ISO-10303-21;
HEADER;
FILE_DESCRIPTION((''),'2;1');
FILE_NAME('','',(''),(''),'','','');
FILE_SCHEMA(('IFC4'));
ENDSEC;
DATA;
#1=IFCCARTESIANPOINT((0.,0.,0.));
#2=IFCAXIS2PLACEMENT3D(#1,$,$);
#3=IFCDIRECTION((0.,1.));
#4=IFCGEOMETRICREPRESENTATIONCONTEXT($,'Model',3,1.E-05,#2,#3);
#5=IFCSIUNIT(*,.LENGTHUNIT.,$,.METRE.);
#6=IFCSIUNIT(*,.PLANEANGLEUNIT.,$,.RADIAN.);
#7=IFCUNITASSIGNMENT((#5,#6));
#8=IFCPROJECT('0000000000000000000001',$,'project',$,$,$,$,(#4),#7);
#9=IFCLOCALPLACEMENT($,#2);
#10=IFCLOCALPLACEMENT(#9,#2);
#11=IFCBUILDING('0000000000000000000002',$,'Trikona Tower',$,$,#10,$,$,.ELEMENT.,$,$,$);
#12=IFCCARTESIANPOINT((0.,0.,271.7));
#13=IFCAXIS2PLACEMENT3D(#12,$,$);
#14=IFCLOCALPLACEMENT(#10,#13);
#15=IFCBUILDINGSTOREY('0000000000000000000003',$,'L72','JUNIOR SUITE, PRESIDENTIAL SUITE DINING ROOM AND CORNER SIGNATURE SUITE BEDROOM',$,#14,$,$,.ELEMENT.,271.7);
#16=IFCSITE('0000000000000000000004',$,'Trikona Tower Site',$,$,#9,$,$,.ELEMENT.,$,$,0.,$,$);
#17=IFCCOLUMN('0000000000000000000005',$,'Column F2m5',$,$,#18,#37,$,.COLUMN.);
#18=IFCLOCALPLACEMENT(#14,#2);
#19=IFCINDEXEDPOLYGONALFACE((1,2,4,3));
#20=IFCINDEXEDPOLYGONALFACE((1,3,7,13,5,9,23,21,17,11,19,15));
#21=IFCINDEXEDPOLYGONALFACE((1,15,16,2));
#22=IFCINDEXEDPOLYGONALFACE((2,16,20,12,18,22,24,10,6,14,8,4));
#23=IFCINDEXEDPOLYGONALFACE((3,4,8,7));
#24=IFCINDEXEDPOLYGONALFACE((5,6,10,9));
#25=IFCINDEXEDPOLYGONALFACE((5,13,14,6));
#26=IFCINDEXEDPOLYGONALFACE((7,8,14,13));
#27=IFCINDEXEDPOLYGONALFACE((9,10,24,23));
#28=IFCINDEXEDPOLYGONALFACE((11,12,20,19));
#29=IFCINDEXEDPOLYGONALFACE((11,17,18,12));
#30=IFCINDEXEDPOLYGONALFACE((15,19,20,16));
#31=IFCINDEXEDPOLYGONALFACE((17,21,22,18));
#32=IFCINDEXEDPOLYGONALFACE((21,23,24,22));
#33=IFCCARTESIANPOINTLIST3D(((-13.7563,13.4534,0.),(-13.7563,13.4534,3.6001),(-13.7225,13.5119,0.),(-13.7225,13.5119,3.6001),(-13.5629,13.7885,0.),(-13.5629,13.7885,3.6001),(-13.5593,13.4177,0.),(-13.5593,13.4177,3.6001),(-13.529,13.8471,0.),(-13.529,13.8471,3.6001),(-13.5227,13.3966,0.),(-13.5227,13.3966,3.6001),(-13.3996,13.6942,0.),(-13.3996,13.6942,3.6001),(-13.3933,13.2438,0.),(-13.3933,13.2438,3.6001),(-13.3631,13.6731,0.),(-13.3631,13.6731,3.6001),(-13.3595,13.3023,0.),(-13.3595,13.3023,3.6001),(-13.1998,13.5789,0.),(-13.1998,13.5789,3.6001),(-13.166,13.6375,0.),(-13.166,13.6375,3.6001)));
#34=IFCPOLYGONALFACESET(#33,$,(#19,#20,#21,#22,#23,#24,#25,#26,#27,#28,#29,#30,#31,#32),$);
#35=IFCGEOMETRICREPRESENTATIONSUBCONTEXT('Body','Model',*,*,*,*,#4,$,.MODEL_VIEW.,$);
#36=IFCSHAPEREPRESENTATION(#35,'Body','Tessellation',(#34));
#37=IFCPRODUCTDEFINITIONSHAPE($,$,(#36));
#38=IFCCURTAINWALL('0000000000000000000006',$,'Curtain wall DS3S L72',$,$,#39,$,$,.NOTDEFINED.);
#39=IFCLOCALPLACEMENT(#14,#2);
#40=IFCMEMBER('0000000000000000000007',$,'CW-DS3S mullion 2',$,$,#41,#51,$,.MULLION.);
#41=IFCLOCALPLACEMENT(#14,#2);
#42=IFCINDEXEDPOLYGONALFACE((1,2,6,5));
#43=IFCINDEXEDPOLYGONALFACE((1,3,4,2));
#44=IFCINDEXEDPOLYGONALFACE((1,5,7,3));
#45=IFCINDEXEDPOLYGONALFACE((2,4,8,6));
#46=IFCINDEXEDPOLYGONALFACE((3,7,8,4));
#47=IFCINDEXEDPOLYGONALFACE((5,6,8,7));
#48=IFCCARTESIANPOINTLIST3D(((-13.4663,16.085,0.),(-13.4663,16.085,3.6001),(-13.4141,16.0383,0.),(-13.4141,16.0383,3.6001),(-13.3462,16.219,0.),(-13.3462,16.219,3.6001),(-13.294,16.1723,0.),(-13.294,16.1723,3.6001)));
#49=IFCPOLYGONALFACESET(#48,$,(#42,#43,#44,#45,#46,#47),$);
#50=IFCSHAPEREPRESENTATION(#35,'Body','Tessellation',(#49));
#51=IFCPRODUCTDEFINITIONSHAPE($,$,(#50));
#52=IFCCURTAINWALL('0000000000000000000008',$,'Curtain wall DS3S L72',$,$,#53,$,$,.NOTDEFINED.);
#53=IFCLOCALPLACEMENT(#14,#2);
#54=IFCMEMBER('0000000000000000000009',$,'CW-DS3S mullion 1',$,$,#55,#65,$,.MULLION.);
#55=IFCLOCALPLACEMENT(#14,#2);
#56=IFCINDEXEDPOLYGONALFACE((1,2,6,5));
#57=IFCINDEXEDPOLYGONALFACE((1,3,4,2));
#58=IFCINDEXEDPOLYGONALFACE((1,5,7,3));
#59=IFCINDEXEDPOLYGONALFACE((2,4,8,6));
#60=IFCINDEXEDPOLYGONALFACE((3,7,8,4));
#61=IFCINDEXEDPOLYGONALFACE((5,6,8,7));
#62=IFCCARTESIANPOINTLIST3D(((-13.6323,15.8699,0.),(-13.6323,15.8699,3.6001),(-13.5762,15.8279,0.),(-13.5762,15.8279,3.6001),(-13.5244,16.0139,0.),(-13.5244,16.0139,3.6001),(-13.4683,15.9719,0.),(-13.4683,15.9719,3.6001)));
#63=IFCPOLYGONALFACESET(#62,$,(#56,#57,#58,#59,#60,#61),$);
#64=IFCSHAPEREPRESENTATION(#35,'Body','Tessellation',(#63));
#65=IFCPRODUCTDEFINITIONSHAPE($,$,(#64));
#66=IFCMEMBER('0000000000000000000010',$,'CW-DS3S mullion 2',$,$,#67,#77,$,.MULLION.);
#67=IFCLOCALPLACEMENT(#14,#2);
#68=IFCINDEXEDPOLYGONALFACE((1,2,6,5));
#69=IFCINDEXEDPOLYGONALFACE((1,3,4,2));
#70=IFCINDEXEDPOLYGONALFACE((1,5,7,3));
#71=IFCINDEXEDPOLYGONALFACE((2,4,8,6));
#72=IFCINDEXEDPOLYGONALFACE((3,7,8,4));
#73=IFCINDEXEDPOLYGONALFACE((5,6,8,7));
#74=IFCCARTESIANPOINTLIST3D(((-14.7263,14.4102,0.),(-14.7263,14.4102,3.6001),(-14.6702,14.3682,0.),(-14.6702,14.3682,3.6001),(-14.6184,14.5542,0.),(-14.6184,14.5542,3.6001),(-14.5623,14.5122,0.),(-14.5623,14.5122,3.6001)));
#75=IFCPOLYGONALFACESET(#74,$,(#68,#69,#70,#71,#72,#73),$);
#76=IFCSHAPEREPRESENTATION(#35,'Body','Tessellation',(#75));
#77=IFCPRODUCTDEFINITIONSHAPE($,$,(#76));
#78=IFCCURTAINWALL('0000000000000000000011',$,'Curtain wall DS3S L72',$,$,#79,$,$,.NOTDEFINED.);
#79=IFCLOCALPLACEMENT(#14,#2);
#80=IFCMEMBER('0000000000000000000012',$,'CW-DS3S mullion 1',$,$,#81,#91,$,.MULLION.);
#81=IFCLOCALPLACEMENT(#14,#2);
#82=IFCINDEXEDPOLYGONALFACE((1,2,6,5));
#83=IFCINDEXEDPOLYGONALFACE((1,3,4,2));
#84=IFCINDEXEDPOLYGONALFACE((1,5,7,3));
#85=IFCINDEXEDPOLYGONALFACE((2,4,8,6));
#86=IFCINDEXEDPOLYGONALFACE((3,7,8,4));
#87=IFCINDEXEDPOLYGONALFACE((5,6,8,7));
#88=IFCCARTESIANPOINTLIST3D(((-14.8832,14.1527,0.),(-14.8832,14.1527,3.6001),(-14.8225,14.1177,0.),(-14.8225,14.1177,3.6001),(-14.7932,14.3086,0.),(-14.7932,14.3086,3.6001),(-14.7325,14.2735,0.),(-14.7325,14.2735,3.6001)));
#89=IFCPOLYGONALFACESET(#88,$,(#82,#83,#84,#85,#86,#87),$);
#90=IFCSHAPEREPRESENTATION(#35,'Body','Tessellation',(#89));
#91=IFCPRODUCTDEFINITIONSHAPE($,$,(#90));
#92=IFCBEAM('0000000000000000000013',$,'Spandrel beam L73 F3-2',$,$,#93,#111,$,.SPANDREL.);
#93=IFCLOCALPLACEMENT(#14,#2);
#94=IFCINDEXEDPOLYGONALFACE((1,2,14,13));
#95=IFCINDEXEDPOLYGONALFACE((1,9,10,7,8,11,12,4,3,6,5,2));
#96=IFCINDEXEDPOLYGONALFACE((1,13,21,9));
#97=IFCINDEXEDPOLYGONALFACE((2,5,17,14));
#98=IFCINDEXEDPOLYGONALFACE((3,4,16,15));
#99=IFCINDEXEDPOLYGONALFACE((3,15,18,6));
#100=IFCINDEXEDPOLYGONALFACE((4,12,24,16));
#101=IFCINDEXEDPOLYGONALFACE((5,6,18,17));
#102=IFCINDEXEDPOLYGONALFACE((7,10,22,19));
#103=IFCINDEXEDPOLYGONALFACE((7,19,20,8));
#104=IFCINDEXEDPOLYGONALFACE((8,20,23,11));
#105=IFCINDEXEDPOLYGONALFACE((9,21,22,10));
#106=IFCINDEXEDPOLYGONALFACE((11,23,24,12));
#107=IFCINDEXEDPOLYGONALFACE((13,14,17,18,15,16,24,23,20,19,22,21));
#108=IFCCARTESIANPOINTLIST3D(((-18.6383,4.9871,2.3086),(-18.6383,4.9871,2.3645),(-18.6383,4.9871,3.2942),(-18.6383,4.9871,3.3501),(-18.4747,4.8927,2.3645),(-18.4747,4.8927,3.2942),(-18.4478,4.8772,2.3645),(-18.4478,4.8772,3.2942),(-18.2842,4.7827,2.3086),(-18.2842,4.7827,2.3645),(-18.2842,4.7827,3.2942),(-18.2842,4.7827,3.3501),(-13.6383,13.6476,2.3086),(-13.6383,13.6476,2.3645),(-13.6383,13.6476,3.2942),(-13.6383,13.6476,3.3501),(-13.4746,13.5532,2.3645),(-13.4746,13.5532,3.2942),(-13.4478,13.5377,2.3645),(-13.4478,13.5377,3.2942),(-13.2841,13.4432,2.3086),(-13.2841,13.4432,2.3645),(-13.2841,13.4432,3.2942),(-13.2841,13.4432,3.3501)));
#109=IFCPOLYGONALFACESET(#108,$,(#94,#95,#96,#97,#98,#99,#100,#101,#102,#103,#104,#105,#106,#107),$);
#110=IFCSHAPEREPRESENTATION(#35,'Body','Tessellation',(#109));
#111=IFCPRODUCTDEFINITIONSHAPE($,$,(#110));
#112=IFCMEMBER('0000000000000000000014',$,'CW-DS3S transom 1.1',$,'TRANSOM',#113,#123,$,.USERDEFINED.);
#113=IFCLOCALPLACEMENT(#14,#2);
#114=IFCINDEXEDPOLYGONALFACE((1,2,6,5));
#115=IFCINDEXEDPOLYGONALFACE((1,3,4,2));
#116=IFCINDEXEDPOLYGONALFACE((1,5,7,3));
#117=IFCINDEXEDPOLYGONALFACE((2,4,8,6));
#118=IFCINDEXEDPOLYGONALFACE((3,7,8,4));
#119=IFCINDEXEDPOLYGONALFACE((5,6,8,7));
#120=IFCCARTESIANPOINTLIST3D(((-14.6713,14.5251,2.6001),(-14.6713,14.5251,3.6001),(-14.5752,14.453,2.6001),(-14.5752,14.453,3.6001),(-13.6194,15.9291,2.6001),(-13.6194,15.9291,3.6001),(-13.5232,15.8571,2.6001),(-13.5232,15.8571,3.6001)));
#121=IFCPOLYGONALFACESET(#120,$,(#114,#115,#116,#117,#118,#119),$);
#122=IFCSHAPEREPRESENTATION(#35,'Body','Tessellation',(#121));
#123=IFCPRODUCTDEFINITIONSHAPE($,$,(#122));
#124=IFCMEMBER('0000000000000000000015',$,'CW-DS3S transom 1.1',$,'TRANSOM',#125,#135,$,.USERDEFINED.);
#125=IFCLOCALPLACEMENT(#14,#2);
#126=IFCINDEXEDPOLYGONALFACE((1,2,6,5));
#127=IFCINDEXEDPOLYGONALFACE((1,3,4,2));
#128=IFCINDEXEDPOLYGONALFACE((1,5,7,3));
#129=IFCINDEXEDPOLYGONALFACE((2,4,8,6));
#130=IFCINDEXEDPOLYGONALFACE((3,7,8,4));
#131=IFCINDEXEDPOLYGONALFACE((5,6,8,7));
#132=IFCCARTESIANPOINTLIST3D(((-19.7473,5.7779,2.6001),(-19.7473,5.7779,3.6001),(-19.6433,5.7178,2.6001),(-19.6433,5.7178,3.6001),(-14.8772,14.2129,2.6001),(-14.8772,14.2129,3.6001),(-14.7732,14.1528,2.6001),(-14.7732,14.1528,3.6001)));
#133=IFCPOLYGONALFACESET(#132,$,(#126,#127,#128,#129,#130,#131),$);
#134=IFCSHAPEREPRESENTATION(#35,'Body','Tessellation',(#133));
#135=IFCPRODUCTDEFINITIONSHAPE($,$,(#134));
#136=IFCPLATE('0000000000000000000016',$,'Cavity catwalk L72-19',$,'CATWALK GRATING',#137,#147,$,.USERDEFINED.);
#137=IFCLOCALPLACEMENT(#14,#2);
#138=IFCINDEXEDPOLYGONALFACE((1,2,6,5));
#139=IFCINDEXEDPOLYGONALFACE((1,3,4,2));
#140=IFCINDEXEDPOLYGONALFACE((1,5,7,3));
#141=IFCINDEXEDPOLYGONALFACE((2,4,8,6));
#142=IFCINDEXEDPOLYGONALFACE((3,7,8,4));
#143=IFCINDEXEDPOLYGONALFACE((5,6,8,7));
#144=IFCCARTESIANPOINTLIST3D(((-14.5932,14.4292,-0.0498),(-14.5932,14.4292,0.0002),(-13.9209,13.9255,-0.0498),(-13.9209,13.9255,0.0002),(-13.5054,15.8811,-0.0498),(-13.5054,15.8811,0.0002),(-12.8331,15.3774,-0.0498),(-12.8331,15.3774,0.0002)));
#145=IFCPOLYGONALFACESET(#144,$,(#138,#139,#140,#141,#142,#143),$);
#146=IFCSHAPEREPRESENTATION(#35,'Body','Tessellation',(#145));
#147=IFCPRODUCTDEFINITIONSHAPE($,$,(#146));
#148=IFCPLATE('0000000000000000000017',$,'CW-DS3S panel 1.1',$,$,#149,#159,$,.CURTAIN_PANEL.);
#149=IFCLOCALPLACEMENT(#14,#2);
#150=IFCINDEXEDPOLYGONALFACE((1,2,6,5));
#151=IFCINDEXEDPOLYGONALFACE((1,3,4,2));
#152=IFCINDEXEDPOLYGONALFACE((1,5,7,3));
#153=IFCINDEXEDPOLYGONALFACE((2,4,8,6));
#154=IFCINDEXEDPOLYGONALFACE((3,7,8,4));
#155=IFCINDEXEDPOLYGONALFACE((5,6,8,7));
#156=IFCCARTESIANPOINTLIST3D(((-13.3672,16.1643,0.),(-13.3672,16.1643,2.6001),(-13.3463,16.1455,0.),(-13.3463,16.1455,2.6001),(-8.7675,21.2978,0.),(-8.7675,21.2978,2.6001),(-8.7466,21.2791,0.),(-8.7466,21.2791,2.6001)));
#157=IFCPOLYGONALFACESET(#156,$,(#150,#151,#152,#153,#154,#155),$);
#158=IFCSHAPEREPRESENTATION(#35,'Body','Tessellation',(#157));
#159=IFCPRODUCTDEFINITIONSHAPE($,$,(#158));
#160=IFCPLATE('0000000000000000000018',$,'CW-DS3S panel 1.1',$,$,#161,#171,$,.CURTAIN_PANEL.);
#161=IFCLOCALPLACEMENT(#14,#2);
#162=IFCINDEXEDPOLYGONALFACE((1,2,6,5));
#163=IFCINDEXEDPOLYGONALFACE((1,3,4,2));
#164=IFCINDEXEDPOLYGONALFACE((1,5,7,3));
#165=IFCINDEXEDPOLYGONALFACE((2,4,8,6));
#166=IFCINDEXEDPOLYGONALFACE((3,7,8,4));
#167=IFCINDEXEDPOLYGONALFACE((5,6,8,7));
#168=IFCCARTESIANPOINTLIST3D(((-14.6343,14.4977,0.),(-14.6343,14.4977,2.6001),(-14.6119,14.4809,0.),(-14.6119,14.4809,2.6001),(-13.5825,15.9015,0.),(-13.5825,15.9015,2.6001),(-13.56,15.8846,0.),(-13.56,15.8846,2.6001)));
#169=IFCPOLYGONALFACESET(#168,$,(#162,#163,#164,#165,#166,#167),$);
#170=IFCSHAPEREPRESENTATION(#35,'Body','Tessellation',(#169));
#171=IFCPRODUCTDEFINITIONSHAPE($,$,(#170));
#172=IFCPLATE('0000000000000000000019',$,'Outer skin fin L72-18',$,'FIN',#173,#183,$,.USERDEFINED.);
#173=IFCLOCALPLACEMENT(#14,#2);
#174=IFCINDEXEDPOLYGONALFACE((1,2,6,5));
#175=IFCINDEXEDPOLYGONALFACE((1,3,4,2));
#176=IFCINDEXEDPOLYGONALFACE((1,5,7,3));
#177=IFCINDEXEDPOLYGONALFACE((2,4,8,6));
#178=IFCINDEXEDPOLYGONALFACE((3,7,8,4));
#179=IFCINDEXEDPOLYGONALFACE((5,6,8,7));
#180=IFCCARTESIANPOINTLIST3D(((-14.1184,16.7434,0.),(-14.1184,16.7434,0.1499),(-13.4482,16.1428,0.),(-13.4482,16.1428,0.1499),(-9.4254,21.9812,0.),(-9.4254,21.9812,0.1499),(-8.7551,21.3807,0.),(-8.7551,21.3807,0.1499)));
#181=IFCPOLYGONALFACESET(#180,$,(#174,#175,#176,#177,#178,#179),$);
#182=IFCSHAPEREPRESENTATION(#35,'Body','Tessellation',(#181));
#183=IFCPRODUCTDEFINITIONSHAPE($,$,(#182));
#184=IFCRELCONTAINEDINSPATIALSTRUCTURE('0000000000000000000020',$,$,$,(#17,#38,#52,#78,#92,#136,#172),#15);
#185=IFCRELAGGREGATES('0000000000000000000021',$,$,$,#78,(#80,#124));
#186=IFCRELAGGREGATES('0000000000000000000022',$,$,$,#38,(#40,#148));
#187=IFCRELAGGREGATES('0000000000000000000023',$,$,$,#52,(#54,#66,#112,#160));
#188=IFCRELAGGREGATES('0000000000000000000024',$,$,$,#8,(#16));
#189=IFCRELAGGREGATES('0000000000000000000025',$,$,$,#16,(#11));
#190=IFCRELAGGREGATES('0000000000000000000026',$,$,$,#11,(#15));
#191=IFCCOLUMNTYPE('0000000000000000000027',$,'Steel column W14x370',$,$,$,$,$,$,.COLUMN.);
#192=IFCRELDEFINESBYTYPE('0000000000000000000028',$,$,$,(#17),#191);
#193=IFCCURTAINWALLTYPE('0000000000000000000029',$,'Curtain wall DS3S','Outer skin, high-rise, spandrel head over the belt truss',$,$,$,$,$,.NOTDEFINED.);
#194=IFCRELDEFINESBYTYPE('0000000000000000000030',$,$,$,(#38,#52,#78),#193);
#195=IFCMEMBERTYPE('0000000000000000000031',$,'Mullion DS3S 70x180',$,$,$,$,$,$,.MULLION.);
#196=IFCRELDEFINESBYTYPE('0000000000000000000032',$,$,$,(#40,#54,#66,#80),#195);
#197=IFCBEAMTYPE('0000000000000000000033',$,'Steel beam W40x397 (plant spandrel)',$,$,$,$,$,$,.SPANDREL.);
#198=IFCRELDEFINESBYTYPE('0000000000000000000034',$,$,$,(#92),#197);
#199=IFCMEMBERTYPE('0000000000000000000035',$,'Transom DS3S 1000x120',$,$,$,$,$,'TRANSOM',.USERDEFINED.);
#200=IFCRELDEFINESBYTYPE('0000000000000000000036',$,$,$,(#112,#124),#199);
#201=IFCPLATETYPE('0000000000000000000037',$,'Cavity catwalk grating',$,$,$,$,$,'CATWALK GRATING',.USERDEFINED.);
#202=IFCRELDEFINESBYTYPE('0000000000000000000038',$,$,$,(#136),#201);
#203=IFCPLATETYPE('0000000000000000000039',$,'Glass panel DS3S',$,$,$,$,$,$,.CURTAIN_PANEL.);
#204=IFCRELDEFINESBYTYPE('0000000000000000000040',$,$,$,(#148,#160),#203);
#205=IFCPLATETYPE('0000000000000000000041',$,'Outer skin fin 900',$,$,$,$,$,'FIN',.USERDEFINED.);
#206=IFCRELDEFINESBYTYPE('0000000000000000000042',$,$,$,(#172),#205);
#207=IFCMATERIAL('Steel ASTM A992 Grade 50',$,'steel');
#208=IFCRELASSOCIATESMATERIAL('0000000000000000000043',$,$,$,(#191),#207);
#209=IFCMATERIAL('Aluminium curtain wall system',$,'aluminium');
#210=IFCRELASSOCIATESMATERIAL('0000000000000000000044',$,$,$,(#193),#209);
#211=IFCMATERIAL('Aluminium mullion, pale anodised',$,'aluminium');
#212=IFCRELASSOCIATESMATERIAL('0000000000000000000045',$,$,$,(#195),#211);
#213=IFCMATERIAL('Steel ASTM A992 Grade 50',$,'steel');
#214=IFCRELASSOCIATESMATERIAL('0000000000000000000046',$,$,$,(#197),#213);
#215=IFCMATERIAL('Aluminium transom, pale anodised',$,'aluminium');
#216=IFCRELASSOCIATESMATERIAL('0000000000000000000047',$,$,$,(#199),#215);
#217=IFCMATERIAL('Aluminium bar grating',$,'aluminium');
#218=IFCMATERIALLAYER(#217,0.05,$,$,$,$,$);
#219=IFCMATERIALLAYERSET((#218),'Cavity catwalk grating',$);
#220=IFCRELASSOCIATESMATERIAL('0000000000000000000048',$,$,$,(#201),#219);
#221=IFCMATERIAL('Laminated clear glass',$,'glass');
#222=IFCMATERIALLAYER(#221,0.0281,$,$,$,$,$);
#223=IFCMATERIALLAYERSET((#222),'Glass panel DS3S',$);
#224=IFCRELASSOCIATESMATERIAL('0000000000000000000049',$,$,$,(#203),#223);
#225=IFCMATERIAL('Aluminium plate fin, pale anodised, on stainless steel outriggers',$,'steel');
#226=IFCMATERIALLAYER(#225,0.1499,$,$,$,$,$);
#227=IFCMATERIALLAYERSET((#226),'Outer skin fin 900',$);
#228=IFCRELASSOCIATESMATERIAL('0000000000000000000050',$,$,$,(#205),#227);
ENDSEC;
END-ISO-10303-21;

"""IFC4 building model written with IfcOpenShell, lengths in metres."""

from ifc_helpers import new_model, si_unit, direction, frame, origin, origin_2d, place, context, subcontext, project, spatial, rectangle, i_section, extrude, material, layer, layer_set, material_profile, profile_set, type_object, element, aggregate, save


model = new_model("IFC4")

# Units and contexts
model_context = context("Model", 3, precision=1e-05, world=origin(), true_north=direction((0.0, 1.0)))
body_context = subcontext(model_context, "Body", "Model", "MODEL_VIEW")
ifc_project = project(units=[si_unit("LENGTHUNIT", "METRE"), si_unit("PLANEANGLEUNIT", "RADIAN")], contexts=[model_context])

# Site, building, storey
site_placement = place(None, origin())
site = spatial("IfcSite", under=ifc_project, at=site_placement, Name="Trikona Tower Site", CompositionType="ELEMENT", RefElevation=0.0)
building_placement = place(site_placement, origin())
building = spatial("IfcBuilding", under=site, at=building_placement, Name="Trikona Tower", CompositionType="ELEMENT")
storey_placement = place(building_placement, frame((0.0, 0.0, 271.7)))
storey = spatial("IfcBuildingStorey", under=building, at=storey_placement, Name="L72", Description="JUNIOR SUITE, PRESIDENTIAL SUITE DINING ROOM AND CORNER SIGNATURE SUITE BEDROOM", CompositionType="ELEMENT", Elevation=271.7)

# Column
ifc_material_1 = material(Name="Steel ASTM A992 Grade 50", Category="steel")
ifc_material_profile_1 = material_profile(ifc_material_1, i_section(OverallWidth=0.4192, OverallDepth=0.4546, WebThickness=0.0422, FlangeThickness=0.0676, at=origin_2d()), Name="W14X370")
ifc_profile_set_1 = profile_set([ifc_material_profile_1], Name="Steel ASTM A992 Grade 50")
column_type = type_object("IfcColumnType", Name="Steel column W14x370", PredefinedType="COLUMN", material=ifc_profile_set_1)
column_placement = place(storey_placement, frame((-13.4612, 13.5454, 0.0), z_axis=(0.0, 0.0, 1.0), x_axis=(-0.866025, 0.5, 0.0)))
element("IfcColumn", 1, at=column_placement, inside=storey, type_object=column_type, Name="Column F2m5", PredefinedType="COLUMN", context=body_context, shape_type="SweptSolid", body=[
    extrude(i_section(OverallWidth=0.4192, OverallDepth=0.4546, WebThickness=0.0422, FlangeThickness=0.0676, at=origin_2d()), origin(), (0.0, 0.0, 1.0), 3.6001),
])

# Curtain wall, member
ifc_material_2 = material(Name="Aluminium curtain wall system", Category="aluminium")
curtain_wall_type = type_object("IfcCurtainWallType", Name="Curtain wall DS3S", Description="Outer skin, high-rise, spandrel head over the belt truss", PredefinedType="NOTDEFINED", material=ifc_material_2)
curtain_wall_1_placement = place(storey_placement, origin())
curtain_wall_1 = element("IfcCurtainWall", 2, at=curtain_wall_1_placement, inside=storey, type_object=curtain_wall_type, Name="Curtain wall DS3S L72", PredefinedType="NOTDEFINED")
ifc_material_3 = material(Name="Aluminium mullion, pale anodised", Category="aluminium")
ifc_material_profile_2 = material_profile(ifc_material_3, rectangle(XDim=0.0701, YDim=0.1799, at=origin_2d()), Name="MUL-DS3S")
ifc_profile_set_2 = profile_set([ifc_material_profile_2], Name="Aluminium mullion, pale anodised")
member_type_1 = type_object("IfcMemberType", Name="Mullion DS3S 70x180", PredefinedType="MULLION", material=ifc_profile_set_2)
member_1_placement = place(storey_placement, frame((-13.3801, 16.1287, 0.0), z_axis=(0.0, 0.0, 1.0), x_axis=(0.744771, -0.66732, 0.0)))
member_1 = element("IfcMember", 3, at=member_1_placement, type_object=member_type_1, Name="CW-DS3S mullion 2", PredefinedType="MULLION", context=body_context, shape_type="SweptSolid", body=[
    extrude(rectangle(XDim=0.0701, YDim=0.1799, at=origin_2d()), origin(), (0.0, 0.0, 1.0), 3.6001),
])

# Curtain wall, members
curtain_wall_2_placement = place(storey_placement, origin())
curtain_wall_2 = element("IfcCurtainWall", 4, at=curtain_wall_2_placement, inside=storey, type_object=curtain_wall_type, Name="Curtain wall DS3S L72", PredefinedType="NOTDEFINED")
member_2_placement = place(storey_placement, frame((-13.5503, 15.9209, 0.0), z_axis=(0.0, 0.0, 1.0), x_axis=(0.80026, -0.599654, 0.0)))
member_2 = element("IfcMember", 5, at=member_2_placement, type_object=member_type_1, Name="CW-DS3S mullion 1", PredefinedType="MULLION", context=body_context, shape_type="SweptSolid", body=[
    extrude(rectangle(XDim=0.0701, YDim=0.1799, at=origin_2d()), origin(), (0.0, 0.0, 1.0), 3.6001),
])
member_3_placement = place(storey_placement, frame((-14.6443, 14.4612, 0.0), z_axis=(0.0, 0.0, 1.0), x_axis=(0.80026, -0.599654, 0.0)))
member_3 = element("IfcMember", 6, at=member_3_placement, type_object=member_type_1, Name="CW-DS3S mullion 2", PredefinedType="MULLION", context=body_context, shape_type="SweptSolid", body=[
    extrude(rectangle(XDim=0.0701, YDim=0.1799, at=origin_2d()), origin(), (0.0, 0.0, 1.0), 3.6001),
])

# Curtain wall, member
curtain_wall_3_placement = place(storey_placement, origin())
curtain_wall_3 = element("IfcCurtainWall", 7, at=curtain_wall_3_placement, inside=storey, type_object=curtain_wall_type, Name="Curtain wall DS3S L72", PredefinedType="NOTDEFINED")
member_4_placement = place(storey_placement, frame((-14.8079, 14.2131, 0.0), z_axis=(0.0, 0.0, 1.0), x_axis=(0.866025, -0.500001, 0.0)))
member_4 = element("IfcMember", 8, at=member_4_placement, type_object=member_type_1, Name="CW-DS3S mullion 1", PredefinedType="MULLION", context=body_context, shape_type="SweptSolid", body=[
    extrude(rectangle(XDim=0.0701, YDim=0.1799, at=origin_2d()), origin(), (0.0, 0.0, 1.0), 3.6001),
])

# Beam
ifc_material_4 = material(Name="Steel ASTM A992 Grade 50", Category="steel")
ifc_material_profile_3 = material_profile(ifc_material_4, i_section(OverallWidth=0.4089, OverallDepth=1.0415, WebThickness=0.031, FlangeThickness=0.0559, at=origin_2d()), Name="W40X397")
ifc_profile_set_3 = profile_set([ifc_material_profile_3], Name="Steel ASTM A992 Grade 50")
beam_type = type_object("IfcBeamType", Name="Steel beam W40x397 (plant spandrel)", PredefinedType="SPANDREL", material=ifc_profile_set_3)
beam_placement = place(storey_placement, frame((-13.4612, 13.5454, 2.8293), z_axis=(-0.499994, -0.866029, 0.0), x_axis=(0.866029, -0.499994, 0.0)))
element("IfcBeam", 9, at=beam_placement, inside=storey, type_object=beam_type, Name="Spandrel beam L73 F3-2", PredefinedType="SPANDREL", context=body_context, shape_type="SweptSolid", body=[
    extrude(i_section(OverallWidth=0.4089, OverallDepth=1.0415, WebThickness=0.031, FlangeThickness=0.0559, at=origin_2d()), origin(), (0.0, 0.0, 1.0), 10.0002),
])

# Members
ifc_material_5 = material(Name="Aluminium transom, pale anodised", Category="aluminium")
ifc_material_profile_4 = material_profile(ifc_material_5, rectangle(XDim=0.1201, YDim=1.0, at=origin_2d()), Name="TRN-DS3S")
ifc_profile_set_4 = profile_set([ifc_material_profile_4], Name="Aluminium transom, pale anodised")
member_type_2 = type_object("IfcMemberType", Name="Transom DS3S 1000x120", ElementType="TRANSOM", PredefinedType="USERDEFINED", material=ifc_profile_set_4)
member_5_placement = place(storey_placement, frame((-13.5713, 15.8931, 3.1001), z_axis=(-0.599621, -0.800284, 0.0), x_axis=(0.800284, -0.599621, 0.0)))
member_5 = element("IfcMember", 10, at=member_5_placement, type_object=member_type_2, Name="CW-DS3S transom 1.1", ObjectType="TRANSOM", PredefinedType="USERDEFINED", context=body_context, shape_type="SweptSolid", body=[
    extrude(rectangle(XDim=0.1201, YDim=1.0, at=origin_2d()), origin(), (0.0, 0.0, 1.0), 1.7544),
])
member_6_placement = place(storey_placement, frame((-14.8252, 14.1829, 3.1001), z_axis=(-0.50001, -0.866019, 0.0), x_axis=(0.866019, -0.50001, 0.0)))
member_6 = element("IfcMember", 11, at=member_6_placement, type_object=member_type_2, Name="CW-DS3S transom 1.1", ObjectType="TRANSOM", PredefinedType="USERDEFINED", context=body_context, shape_type="SweptSolid", body=[
    extrude(rectangle(XDim=0.1201, YDim=1.0, at=origin_2d()), origin(), (0.0, 0.0, 1.0), 9.74),
])
aggregate(curtain_wall_3, [member_4, member_6])

# Plates
ifc_material_6 = material(Name="Aluminium bar grating", Category="aluminium")
ifc_layer_1 = layer(ifc_material_6, 0.05)
ifc_layer_set_1 = layer_set([ifc_layer_1], Name="Cavity catwalk grating")
plate_type_1 = type_object("IfcPlateType", Name="Cavity catwalk grating", ElementType="CATWALK GRATING", PredefinedType="USERDEFINED", material=ifc_layer_set_1)
plate_1_placement = place(storey_placement, frame((-13.7131, 14.9033, -0.0498), z_axis=(0.0, 0.0, 1.0), x_axis=(-0.599619, -0.800286, 0.0)))
element("IfcPlate", 12, at=plate_1_placement, inside=storey, type_object=plate_type_1, Name="Cavity catwalk L72-19", ObjectType="CATWALK GRATING", PredefinedType="USERDEFINED", context=body_context, shape_type="SweptSolid", body=[
    extrude(rectangle(XDim=1.8142, YDim=0.8401, at=origin_2d()), origin(), (0.0, 0.0, 1.0), 0.05),
])
ifc_material_7 = material(Name="Laminated clear glass", Category="glass")
ifc_layer_2 = layer(ifc_material_7, 0.0281)
ifc_layer_set_2 = layer_set([ifc_layer_2], Name="Glass panel DS3S")
plate_type_2 = type_object("IfcPlateType", Name="Glass panel DS3S", PredefinedType="CURTAIN_PANEL", material=ifc_layer_set_2)
plate_2_placement = place(storey_placement, frame((-11.0569, 18.7217, 0.0), z_axis=(0.0, 0.0, 1.0), x_axis=(-0.66732, -0.744771, 0.0)))
plate_2 = element("IfcPlate", 13, at=plate_2_placement, type_object=plate_type_2, Name="CW-DS3S panel 1.1", PredefinedType="CURTAIN_PANEL", context=body_context, shape_type="SweptSolid", body=[
    extrude(rectangle(XDim=6.8928, YDim=0.0281, at=origin_2d()), origin(), (0.0, 0.0, 1.0), 2.6001),
])
aggregate(curtain_wall_1, [member_1, plate_2])
plate_3_placement = place(storey_placement, frame((-14.0972, 15.1912, 0.0), z_axis=(0.0, 0.0, 1.0), x_axis=(-0.599654, -0.80026, 0.0)))
plate_3 = element("IfcPlate", 14, at=plate_3_placement, type_object=plate_type_2, Name="CW-DS3S panel 1.1", PredefinedType="CURTAIN_PANEL", context=body_context, shape_type="SweptSolid", body=[
    extrude(rectangle(XDim=1.7542, YDim=0.0281, at=origin_2d()), origin(), (0.0, 0.0, 1.0), 2.6001),
])
aggregate(curtain_wall_2, [member_2, member_3, member_5, plate_3])

# Plate
ifc_material_8 = material(Name="Aluminium plate fin, pale anodised, on stainless steel outriggers", Category="steel")
ifc_layer_3 = layer(ifc_material_8, 0.1499)
ifc_layer_set_3 = layer_set([ifc_layer_3], Name="Outer skin fin 900")
plate_type_3 = type_object("IfcPlateType", Name="Outer skin fin 900", ElementType="FIN", PredefinedType="USERDEFINED", material=ifc_layer_set_3)
plate_4_placement = place(storey_placement, frame((-11.4368, 19.062, 0.0), z_axis=(0.0, 0.0, 1.0), x_axis=(-0.667311, -0.744779, 0.0)))
element("IfcPlate", 15, at=plate_4_placement, inside=storey, type_object=plate_type_3, Name="Outer skin fin L72-18", ObjectType="FIN", PredefinedType="USERDEFINED", context=body_context, shape_type="SweptSolid", body=[
    extrude(rectangle(XDim=7.0327, YDim=0.8999, at=origin_2d()), origin(), (0.0, 0.0, 1.0), 0.1499),
])

save(model, "model.ifc")
